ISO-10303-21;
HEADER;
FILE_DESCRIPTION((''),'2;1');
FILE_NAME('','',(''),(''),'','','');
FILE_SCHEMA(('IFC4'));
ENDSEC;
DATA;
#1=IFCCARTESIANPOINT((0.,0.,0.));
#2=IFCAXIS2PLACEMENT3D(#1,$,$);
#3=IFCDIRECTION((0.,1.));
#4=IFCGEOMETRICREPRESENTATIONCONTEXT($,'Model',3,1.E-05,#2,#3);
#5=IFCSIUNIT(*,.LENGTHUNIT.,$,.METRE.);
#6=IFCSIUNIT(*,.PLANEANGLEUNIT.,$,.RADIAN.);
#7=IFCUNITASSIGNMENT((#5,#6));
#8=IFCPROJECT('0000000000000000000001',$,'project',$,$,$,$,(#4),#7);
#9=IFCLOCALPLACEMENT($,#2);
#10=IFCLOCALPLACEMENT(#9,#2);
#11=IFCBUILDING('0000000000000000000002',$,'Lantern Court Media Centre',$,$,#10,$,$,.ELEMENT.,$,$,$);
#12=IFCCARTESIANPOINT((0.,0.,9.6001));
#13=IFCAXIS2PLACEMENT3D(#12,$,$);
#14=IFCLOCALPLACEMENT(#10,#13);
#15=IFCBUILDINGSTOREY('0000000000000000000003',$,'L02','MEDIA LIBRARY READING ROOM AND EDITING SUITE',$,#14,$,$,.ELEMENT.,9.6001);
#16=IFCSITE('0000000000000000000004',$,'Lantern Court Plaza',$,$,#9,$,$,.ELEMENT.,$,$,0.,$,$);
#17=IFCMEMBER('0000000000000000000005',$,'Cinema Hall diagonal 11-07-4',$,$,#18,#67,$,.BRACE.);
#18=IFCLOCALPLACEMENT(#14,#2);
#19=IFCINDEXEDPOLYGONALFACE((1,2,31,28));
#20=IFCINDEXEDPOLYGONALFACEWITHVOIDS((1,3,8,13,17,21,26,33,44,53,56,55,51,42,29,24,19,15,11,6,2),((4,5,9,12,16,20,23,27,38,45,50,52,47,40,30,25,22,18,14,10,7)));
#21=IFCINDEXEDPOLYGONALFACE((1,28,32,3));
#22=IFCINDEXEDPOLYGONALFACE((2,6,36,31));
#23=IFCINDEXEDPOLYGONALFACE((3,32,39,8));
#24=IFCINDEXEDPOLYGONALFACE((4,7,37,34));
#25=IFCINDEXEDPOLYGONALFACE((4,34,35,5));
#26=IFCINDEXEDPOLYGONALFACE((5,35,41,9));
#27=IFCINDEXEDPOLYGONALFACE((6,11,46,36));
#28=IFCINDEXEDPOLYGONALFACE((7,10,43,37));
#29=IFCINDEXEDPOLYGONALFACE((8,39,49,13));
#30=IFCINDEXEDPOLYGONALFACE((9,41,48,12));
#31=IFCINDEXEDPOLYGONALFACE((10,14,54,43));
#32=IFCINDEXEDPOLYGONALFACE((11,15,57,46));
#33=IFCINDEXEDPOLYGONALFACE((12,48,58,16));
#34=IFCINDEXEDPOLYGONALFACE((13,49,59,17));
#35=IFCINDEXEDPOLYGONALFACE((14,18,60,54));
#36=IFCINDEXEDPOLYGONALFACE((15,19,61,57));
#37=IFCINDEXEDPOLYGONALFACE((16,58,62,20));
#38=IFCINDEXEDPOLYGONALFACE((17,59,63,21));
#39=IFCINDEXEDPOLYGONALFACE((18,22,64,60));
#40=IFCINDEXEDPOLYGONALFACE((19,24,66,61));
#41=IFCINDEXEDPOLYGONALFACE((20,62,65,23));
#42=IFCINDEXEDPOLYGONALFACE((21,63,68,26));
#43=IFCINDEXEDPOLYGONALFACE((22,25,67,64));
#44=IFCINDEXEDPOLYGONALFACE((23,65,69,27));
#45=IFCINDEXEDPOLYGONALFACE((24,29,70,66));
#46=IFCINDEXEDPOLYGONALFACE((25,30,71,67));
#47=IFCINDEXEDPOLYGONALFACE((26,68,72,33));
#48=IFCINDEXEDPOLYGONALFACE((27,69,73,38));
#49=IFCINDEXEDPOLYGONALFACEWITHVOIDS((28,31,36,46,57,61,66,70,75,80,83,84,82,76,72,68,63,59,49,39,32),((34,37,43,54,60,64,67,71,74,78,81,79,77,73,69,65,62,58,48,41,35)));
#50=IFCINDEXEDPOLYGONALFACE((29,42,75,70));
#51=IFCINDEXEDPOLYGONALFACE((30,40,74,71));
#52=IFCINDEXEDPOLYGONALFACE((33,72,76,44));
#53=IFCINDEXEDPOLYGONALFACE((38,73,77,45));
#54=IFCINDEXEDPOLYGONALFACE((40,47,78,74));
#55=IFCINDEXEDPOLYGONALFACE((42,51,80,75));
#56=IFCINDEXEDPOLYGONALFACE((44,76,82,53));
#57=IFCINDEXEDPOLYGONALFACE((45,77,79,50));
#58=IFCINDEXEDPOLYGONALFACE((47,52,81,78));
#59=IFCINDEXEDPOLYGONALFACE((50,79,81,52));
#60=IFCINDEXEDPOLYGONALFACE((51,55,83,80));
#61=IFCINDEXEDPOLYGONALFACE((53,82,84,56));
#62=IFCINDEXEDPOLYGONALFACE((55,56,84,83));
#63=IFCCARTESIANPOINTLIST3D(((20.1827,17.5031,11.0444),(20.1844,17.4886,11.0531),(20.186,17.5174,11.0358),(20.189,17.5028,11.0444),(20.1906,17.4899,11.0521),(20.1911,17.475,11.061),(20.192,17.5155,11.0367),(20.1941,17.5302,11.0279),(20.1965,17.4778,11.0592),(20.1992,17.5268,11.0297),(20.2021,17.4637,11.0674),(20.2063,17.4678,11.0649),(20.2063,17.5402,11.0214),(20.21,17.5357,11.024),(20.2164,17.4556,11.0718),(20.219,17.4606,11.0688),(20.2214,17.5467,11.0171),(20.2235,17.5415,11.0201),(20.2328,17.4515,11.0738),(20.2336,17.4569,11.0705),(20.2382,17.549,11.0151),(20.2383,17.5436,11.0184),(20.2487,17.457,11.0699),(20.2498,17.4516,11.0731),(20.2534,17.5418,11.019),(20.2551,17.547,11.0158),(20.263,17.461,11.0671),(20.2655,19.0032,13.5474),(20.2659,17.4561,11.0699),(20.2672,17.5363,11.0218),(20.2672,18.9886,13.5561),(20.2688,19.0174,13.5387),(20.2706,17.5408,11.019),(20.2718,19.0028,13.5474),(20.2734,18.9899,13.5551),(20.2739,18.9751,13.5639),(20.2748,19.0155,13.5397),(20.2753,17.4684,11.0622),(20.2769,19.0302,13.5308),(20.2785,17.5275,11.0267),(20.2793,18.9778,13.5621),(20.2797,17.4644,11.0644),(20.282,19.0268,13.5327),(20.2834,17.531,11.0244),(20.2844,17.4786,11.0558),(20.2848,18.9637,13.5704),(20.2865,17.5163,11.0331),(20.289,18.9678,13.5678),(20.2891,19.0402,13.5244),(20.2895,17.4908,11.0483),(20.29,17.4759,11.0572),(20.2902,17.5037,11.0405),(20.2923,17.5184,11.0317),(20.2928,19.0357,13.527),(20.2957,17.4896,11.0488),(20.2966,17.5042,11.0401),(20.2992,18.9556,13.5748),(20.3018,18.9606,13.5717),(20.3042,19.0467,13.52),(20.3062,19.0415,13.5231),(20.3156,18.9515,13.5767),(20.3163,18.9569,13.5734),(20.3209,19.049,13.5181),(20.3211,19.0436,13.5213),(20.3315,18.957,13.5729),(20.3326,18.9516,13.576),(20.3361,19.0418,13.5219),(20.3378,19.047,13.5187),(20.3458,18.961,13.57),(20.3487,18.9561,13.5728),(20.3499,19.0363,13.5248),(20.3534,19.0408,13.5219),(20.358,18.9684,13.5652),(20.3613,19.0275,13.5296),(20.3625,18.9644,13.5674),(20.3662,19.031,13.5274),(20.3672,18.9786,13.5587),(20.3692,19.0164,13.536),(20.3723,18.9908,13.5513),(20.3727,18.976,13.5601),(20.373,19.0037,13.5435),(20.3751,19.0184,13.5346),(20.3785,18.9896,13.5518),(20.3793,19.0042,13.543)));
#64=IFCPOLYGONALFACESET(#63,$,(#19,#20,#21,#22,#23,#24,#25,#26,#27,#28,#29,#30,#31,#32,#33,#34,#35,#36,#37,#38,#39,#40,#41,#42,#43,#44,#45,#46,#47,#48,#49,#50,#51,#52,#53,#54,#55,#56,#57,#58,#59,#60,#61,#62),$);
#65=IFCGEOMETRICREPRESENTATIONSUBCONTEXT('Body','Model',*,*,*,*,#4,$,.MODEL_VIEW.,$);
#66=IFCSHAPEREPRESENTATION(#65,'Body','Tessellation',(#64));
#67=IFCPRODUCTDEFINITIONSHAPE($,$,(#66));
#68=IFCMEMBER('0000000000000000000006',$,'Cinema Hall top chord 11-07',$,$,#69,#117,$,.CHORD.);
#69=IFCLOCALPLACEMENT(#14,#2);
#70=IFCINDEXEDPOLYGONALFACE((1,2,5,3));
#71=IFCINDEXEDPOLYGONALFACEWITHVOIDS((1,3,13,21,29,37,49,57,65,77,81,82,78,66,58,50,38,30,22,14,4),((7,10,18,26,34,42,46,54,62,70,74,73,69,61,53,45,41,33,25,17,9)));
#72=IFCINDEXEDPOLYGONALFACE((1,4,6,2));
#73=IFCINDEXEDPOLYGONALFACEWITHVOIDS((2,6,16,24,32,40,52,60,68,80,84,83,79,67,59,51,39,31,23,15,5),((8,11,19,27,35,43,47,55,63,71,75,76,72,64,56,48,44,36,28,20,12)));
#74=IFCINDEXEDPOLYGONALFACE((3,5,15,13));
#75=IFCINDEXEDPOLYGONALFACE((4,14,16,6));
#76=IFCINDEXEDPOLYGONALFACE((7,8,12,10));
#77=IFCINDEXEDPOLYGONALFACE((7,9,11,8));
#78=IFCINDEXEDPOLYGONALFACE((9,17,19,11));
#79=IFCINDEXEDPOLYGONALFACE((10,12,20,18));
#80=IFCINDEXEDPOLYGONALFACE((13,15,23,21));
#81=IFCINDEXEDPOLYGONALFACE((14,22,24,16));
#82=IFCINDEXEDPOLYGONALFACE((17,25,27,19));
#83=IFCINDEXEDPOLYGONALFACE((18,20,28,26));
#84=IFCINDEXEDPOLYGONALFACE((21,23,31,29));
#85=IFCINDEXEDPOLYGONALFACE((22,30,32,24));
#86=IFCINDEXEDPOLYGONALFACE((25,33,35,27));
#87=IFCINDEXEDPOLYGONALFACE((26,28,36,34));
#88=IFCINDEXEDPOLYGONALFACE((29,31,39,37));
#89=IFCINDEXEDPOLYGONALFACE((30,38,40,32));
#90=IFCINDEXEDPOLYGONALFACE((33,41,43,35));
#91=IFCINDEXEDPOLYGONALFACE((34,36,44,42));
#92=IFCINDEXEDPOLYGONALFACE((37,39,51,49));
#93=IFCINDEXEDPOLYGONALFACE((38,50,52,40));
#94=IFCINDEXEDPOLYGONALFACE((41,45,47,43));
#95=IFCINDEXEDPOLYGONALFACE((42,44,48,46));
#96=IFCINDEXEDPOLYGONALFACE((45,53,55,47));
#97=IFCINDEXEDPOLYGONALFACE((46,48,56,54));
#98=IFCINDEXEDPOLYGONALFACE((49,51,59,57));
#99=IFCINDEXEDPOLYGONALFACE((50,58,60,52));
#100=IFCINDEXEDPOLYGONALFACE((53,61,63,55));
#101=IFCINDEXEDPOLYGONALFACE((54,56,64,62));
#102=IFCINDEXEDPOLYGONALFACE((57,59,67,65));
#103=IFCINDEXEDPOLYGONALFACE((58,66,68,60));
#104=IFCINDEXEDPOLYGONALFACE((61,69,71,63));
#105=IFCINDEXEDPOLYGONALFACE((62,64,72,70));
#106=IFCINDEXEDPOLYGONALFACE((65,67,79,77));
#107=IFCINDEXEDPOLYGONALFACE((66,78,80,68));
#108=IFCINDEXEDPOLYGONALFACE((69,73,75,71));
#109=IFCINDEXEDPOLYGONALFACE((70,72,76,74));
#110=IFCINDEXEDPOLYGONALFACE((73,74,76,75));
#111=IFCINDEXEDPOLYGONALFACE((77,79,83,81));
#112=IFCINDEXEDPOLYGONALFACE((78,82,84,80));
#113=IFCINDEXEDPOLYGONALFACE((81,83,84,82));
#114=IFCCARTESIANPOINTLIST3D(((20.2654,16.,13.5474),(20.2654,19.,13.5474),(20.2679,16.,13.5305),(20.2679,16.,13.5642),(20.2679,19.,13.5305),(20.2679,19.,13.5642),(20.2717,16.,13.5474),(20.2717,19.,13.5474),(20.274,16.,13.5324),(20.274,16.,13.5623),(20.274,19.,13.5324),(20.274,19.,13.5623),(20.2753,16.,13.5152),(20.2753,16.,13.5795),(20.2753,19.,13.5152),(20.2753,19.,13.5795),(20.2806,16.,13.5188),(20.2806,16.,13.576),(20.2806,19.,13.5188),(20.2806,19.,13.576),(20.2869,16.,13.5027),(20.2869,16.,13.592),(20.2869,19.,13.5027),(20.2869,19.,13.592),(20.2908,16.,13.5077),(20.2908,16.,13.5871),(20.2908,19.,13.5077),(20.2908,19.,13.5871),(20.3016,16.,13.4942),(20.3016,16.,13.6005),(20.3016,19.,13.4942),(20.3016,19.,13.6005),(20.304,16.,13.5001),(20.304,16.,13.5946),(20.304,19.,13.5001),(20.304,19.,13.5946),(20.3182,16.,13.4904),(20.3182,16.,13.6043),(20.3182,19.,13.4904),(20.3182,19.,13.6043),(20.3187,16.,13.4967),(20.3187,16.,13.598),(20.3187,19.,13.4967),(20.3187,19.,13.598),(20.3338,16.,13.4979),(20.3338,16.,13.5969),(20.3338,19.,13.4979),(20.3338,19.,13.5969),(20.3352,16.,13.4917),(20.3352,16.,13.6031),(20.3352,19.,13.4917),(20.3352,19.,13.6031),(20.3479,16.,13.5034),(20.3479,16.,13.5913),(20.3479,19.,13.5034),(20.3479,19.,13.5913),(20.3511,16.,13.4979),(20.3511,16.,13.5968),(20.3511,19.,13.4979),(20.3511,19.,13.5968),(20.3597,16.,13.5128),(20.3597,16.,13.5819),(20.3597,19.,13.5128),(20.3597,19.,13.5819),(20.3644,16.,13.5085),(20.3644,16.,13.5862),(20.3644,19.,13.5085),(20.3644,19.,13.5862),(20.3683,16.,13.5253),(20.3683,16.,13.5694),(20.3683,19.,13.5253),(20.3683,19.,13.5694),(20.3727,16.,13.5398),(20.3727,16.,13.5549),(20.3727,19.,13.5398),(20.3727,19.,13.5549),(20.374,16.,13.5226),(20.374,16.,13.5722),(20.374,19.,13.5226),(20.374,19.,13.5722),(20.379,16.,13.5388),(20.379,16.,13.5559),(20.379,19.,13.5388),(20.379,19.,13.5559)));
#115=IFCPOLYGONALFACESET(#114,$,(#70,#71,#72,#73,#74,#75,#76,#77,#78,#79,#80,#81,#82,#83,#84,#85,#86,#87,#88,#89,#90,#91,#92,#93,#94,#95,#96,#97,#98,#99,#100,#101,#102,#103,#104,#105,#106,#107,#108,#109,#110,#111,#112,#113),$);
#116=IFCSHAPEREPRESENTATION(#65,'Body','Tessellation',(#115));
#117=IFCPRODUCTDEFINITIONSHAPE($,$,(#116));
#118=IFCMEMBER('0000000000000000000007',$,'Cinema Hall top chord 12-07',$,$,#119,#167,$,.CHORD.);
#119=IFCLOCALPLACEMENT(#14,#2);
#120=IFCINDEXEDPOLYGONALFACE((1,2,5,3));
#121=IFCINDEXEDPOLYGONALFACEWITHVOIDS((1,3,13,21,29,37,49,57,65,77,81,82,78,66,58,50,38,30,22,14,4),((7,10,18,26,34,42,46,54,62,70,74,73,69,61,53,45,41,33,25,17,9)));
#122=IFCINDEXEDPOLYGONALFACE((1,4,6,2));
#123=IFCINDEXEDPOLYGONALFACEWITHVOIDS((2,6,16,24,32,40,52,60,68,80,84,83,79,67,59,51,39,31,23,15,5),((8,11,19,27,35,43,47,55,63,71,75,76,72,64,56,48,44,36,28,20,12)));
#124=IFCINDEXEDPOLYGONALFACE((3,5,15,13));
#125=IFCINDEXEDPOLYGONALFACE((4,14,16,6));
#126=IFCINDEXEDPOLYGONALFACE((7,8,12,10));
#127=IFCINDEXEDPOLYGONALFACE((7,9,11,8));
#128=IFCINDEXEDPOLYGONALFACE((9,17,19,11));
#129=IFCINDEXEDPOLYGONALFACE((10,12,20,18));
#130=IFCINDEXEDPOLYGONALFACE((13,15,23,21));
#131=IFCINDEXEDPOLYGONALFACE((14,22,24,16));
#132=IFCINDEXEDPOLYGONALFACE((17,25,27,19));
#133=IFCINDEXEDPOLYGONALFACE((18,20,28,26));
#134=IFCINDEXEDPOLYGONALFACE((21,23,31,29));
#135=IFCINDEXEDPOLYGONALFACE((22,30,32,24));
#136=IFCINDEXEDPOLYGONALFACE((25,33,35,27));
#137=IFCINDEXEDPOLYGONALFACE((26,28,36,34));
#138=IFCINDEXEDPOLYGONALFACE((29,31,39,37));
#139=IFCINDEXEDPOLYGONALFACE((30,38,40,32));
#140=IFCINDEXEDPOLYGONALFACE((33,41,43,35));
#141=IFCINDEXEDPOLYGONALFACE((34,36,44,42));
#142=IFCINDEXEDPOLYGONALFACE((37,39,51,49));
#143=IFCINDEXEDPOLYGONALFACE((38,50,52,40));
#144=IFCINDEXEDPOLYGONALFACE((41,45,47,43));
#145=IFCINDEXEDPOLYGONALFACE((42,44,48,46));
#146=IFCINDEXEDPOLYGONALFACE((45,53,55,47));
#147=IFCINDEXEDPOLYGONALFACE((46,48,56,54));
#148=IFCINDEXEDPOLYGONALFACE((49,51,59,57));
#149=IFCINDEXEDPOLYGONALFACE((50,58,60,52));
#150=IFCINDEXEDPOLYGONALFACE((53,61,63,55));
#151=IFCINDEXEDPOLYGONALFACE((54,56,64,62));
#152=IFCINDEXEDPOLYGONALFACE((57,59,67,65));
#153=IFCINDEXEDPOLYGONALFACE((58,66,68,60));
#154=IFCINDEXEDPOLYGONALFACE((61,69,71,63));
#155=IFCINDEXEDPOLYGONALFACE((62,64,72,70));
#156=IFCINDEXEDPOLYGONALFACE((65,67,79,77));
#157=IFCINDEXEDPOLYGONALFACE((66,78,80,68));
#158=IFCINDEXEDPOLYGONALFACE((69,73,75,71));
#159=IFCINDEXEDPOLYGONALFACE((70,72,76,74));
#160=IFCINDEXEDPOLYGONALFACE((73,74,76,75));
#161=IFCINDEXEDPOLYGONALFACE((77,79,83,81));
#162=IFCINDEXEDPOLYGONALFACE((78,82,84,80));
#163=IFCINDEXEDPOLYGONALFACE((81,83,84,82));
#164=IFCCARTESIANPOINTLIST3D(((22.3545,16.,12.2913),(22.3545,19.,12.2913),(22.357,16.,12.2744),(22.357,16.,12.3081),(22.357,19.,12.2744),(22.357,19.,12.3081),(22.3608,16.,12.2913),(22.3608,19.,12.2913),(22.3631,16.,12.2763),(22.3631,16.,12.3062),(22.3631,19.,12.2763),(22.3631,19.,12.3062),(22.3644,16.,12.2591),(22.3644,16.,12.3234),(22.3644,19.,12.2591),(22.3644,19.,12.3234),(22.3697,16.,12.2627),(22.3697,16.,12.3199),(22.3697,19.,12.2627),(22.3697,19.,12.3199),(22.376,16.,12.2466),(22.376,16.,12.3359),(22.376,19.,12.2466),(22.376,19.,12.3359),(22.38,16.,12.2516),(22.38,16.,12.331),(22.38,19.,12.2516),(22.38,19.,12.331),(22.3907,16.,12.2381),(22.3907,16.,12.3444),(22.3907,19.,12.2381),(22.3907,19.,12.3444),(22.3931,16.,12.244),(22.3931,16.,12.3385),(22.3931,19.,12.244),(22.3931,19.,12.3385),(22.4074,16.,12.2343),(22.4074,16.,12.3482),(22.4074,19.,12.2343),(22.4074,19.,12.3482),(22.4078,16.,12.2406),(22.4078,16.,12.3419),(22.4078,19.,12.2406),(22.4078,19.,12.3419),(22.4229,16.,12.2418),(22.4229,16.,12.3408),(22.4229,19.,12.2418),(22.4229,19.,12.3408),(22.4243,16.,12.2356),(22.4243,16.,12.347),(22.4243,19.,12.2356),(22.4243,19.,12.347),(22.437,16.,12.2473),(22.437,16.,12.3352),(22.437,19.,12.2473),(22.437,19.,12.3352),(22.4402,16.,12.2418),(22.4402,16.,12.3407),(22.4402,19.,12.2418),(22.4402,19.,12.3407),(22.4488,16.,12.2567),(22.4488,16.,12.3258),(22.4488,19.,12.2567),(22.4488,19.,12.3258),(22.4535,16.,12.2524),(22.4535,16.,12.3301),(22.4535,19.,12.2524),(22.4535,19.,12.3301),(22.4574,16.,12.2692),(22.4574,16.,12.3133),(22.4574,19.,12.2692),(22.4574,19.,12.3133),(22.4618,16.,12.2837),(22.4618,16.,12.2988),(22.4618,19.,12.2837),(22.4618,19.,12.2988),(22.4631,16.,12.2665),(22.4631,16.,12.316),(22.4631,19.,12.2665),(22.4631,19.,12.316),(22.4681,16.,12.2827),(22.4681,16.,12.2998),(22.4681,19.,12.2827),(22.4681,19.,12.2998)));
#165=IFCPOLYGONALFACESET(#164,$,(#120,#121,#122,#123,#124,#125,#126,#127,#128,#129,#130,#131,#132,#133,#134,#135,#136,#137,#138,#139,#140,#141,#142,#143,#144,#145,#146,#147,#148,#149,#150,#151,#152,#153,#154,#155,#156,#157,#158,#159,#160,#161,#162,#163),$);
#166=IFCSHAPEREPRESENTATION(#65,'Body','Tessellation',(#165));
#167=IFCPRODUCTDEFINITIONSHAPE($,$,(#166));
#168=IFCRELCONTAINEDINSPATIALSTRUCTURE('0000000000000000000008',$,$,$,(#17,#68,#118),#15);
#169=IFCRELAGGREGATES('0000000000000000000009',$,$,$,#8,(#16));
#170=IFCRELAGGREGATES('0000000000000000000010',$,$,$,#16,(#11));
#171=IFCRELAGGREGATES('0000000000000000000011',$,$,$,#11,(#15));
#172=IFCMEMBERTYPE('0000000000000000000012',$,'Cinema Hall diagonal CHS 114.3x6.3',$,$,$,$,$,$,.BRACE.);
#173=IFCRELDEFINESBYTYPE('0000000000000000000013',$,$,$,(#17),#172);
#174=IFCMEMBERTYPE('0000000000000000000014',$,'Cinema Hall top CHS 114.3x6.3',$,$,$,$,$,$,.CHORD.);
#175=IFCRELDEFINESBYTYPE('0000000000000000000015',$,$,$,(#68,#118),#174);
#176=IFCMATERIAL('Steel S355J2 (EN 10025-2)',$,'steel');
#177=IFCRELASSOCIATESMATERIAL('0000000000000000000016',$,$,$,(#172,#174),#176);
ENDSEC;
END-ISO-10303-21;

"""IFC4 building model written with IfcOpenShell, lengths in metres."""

from ifc_helpers import new_model, si_unit, direction, frame, origin, origin_2d, place, context, subcontext, project, spatial, hollow_circle, extrude, material, material_profile, profile_set, type_object, element, save


model = new_model("IFC4")

# Units and contexts
model_context = context("Model", 3, precision=1e-05, world=origin(), true_north=direction((0.0, 1.0)))
body_context = subcontext(model_context, "Body", "Model", "MODEL_VIEW")
ifc_project = project(units=[si_unit("LENGTHUNIT", "METRE"), si_unit("PLANEANGLEUNIT", "RADIAN")], contexts=[model_context])

# Site, building, storey
site_placement = place(None, origin())
site = spatial("IfcSite", under=ifc_project, at=site_placement, Name="Lantern Court Plaza", CompositionType="ELEMENT", RefElevation=0.0)
building_placement = place(site_placement, origin())
building = spatial("IfcBuilding", under=site, at=building_placement, Name="Lantern Court Media Centre", CompositionType="ELEMENT")
storey_placement = place(building_placement, frame((0.0, 0.0, 9.6001)))
storey = spatial("IfcBuildingStorey", under=building, at=storey_placement, Name="L02", Description="MEDIA LIBRARY READING ROOM AND EDITING SUITE", CompositionType="ELEMENT", Elevation=9.6001)

# Members
ifc_material = material(Name="Steel S355J2 (EN 10025-2)", Category="steel")
ifc_material_profile_1 = material_profile(ifc_material, hollow_circle(Radius=0.0571, WallThickness=0.0063, at=origin_2d()), Name="Cinema Hall diagonal CHS 114.3x6.3")
ifc_profile_set_1 = profile_set([ifc_material_profile_1], Name="Steel S355J2 (EN 10025-2)")
member_type_1 = type_object("IfcMemberType", Name="Cinema Hall diagonal CHS 114.3x6.3", PredefinedType="BRACE", material=ifc_profile_set_1)
for number, where, z_axis, x_axis, name in (
    (1, (20.2397, 17.5, 11.0444), (0.028352, 0.513846, 0.857414), (-0.998481, 0.055092, 0.0), "Cinema Hall diagonal 11-07-4"),
):
    element("IfcMember", number, at=place(storey_placement, frame(where, z_axis=z_axis, x_axis=x_axis)), inside=storey, type_object=member_type_1, Name=name, PredefinedType="BRACE", context=body_context, shape_type="SweptSolid", body=[
        extrude(hollow_circle(Radius=0.0571, WallThickness=0.0063, at=origin_2d()), origin(), (0.0, 0.0, 1.0), 2.9192),
    ])
ifc_material_profile_2 = material_profile(ifc_material, hollow_circle(Radius=0.0571, WallThickness=0.0063, at=origin_2d()), Name="Cinema Hall top CHS 114.3x6.3")
ifc_profile_set_2 = profile_set([ifc_material_profile_2], Name="Steel S355J2 (EN 10025-2)")
member_type_2 = type_object("IfcMemberType", Name="Cinema Hall top CHS 114.3x6.3", PredefinedType="CHORD", material=ifc_profile_set_2)
for number, where, z_axis, x_axis, name in (
    (2, (20.3225, 16.0, 13.5474), (0.0, 1.0, 0.0), (-1.0, 0.0, 0.0), "Cinema Hall top chord 11-07"),
    (3, (22.4116, 16.0, 12.2913), (0.0, 1.0, 0.0), (-1.0, 0.0, 0.0), "Cinema Hall top chord 12-07"),
):
    element("IfcMember", number, at=place(storey_placement, frame(where, z_axis=z_axis, x_axis=x_axis)), inside=storey, type_object=member_type_2, Name=name, PredefinedType="CHORD", context=body_context, shape_type="SweptSolid", body=[
        extrude(hollow_circle(Radius=0.0571, WallThickness=0.0063, at=origin_2d()), origin(), (0.0, 0.0, 1.0), 3.0),
    ])

save(model, "model.ifc")
